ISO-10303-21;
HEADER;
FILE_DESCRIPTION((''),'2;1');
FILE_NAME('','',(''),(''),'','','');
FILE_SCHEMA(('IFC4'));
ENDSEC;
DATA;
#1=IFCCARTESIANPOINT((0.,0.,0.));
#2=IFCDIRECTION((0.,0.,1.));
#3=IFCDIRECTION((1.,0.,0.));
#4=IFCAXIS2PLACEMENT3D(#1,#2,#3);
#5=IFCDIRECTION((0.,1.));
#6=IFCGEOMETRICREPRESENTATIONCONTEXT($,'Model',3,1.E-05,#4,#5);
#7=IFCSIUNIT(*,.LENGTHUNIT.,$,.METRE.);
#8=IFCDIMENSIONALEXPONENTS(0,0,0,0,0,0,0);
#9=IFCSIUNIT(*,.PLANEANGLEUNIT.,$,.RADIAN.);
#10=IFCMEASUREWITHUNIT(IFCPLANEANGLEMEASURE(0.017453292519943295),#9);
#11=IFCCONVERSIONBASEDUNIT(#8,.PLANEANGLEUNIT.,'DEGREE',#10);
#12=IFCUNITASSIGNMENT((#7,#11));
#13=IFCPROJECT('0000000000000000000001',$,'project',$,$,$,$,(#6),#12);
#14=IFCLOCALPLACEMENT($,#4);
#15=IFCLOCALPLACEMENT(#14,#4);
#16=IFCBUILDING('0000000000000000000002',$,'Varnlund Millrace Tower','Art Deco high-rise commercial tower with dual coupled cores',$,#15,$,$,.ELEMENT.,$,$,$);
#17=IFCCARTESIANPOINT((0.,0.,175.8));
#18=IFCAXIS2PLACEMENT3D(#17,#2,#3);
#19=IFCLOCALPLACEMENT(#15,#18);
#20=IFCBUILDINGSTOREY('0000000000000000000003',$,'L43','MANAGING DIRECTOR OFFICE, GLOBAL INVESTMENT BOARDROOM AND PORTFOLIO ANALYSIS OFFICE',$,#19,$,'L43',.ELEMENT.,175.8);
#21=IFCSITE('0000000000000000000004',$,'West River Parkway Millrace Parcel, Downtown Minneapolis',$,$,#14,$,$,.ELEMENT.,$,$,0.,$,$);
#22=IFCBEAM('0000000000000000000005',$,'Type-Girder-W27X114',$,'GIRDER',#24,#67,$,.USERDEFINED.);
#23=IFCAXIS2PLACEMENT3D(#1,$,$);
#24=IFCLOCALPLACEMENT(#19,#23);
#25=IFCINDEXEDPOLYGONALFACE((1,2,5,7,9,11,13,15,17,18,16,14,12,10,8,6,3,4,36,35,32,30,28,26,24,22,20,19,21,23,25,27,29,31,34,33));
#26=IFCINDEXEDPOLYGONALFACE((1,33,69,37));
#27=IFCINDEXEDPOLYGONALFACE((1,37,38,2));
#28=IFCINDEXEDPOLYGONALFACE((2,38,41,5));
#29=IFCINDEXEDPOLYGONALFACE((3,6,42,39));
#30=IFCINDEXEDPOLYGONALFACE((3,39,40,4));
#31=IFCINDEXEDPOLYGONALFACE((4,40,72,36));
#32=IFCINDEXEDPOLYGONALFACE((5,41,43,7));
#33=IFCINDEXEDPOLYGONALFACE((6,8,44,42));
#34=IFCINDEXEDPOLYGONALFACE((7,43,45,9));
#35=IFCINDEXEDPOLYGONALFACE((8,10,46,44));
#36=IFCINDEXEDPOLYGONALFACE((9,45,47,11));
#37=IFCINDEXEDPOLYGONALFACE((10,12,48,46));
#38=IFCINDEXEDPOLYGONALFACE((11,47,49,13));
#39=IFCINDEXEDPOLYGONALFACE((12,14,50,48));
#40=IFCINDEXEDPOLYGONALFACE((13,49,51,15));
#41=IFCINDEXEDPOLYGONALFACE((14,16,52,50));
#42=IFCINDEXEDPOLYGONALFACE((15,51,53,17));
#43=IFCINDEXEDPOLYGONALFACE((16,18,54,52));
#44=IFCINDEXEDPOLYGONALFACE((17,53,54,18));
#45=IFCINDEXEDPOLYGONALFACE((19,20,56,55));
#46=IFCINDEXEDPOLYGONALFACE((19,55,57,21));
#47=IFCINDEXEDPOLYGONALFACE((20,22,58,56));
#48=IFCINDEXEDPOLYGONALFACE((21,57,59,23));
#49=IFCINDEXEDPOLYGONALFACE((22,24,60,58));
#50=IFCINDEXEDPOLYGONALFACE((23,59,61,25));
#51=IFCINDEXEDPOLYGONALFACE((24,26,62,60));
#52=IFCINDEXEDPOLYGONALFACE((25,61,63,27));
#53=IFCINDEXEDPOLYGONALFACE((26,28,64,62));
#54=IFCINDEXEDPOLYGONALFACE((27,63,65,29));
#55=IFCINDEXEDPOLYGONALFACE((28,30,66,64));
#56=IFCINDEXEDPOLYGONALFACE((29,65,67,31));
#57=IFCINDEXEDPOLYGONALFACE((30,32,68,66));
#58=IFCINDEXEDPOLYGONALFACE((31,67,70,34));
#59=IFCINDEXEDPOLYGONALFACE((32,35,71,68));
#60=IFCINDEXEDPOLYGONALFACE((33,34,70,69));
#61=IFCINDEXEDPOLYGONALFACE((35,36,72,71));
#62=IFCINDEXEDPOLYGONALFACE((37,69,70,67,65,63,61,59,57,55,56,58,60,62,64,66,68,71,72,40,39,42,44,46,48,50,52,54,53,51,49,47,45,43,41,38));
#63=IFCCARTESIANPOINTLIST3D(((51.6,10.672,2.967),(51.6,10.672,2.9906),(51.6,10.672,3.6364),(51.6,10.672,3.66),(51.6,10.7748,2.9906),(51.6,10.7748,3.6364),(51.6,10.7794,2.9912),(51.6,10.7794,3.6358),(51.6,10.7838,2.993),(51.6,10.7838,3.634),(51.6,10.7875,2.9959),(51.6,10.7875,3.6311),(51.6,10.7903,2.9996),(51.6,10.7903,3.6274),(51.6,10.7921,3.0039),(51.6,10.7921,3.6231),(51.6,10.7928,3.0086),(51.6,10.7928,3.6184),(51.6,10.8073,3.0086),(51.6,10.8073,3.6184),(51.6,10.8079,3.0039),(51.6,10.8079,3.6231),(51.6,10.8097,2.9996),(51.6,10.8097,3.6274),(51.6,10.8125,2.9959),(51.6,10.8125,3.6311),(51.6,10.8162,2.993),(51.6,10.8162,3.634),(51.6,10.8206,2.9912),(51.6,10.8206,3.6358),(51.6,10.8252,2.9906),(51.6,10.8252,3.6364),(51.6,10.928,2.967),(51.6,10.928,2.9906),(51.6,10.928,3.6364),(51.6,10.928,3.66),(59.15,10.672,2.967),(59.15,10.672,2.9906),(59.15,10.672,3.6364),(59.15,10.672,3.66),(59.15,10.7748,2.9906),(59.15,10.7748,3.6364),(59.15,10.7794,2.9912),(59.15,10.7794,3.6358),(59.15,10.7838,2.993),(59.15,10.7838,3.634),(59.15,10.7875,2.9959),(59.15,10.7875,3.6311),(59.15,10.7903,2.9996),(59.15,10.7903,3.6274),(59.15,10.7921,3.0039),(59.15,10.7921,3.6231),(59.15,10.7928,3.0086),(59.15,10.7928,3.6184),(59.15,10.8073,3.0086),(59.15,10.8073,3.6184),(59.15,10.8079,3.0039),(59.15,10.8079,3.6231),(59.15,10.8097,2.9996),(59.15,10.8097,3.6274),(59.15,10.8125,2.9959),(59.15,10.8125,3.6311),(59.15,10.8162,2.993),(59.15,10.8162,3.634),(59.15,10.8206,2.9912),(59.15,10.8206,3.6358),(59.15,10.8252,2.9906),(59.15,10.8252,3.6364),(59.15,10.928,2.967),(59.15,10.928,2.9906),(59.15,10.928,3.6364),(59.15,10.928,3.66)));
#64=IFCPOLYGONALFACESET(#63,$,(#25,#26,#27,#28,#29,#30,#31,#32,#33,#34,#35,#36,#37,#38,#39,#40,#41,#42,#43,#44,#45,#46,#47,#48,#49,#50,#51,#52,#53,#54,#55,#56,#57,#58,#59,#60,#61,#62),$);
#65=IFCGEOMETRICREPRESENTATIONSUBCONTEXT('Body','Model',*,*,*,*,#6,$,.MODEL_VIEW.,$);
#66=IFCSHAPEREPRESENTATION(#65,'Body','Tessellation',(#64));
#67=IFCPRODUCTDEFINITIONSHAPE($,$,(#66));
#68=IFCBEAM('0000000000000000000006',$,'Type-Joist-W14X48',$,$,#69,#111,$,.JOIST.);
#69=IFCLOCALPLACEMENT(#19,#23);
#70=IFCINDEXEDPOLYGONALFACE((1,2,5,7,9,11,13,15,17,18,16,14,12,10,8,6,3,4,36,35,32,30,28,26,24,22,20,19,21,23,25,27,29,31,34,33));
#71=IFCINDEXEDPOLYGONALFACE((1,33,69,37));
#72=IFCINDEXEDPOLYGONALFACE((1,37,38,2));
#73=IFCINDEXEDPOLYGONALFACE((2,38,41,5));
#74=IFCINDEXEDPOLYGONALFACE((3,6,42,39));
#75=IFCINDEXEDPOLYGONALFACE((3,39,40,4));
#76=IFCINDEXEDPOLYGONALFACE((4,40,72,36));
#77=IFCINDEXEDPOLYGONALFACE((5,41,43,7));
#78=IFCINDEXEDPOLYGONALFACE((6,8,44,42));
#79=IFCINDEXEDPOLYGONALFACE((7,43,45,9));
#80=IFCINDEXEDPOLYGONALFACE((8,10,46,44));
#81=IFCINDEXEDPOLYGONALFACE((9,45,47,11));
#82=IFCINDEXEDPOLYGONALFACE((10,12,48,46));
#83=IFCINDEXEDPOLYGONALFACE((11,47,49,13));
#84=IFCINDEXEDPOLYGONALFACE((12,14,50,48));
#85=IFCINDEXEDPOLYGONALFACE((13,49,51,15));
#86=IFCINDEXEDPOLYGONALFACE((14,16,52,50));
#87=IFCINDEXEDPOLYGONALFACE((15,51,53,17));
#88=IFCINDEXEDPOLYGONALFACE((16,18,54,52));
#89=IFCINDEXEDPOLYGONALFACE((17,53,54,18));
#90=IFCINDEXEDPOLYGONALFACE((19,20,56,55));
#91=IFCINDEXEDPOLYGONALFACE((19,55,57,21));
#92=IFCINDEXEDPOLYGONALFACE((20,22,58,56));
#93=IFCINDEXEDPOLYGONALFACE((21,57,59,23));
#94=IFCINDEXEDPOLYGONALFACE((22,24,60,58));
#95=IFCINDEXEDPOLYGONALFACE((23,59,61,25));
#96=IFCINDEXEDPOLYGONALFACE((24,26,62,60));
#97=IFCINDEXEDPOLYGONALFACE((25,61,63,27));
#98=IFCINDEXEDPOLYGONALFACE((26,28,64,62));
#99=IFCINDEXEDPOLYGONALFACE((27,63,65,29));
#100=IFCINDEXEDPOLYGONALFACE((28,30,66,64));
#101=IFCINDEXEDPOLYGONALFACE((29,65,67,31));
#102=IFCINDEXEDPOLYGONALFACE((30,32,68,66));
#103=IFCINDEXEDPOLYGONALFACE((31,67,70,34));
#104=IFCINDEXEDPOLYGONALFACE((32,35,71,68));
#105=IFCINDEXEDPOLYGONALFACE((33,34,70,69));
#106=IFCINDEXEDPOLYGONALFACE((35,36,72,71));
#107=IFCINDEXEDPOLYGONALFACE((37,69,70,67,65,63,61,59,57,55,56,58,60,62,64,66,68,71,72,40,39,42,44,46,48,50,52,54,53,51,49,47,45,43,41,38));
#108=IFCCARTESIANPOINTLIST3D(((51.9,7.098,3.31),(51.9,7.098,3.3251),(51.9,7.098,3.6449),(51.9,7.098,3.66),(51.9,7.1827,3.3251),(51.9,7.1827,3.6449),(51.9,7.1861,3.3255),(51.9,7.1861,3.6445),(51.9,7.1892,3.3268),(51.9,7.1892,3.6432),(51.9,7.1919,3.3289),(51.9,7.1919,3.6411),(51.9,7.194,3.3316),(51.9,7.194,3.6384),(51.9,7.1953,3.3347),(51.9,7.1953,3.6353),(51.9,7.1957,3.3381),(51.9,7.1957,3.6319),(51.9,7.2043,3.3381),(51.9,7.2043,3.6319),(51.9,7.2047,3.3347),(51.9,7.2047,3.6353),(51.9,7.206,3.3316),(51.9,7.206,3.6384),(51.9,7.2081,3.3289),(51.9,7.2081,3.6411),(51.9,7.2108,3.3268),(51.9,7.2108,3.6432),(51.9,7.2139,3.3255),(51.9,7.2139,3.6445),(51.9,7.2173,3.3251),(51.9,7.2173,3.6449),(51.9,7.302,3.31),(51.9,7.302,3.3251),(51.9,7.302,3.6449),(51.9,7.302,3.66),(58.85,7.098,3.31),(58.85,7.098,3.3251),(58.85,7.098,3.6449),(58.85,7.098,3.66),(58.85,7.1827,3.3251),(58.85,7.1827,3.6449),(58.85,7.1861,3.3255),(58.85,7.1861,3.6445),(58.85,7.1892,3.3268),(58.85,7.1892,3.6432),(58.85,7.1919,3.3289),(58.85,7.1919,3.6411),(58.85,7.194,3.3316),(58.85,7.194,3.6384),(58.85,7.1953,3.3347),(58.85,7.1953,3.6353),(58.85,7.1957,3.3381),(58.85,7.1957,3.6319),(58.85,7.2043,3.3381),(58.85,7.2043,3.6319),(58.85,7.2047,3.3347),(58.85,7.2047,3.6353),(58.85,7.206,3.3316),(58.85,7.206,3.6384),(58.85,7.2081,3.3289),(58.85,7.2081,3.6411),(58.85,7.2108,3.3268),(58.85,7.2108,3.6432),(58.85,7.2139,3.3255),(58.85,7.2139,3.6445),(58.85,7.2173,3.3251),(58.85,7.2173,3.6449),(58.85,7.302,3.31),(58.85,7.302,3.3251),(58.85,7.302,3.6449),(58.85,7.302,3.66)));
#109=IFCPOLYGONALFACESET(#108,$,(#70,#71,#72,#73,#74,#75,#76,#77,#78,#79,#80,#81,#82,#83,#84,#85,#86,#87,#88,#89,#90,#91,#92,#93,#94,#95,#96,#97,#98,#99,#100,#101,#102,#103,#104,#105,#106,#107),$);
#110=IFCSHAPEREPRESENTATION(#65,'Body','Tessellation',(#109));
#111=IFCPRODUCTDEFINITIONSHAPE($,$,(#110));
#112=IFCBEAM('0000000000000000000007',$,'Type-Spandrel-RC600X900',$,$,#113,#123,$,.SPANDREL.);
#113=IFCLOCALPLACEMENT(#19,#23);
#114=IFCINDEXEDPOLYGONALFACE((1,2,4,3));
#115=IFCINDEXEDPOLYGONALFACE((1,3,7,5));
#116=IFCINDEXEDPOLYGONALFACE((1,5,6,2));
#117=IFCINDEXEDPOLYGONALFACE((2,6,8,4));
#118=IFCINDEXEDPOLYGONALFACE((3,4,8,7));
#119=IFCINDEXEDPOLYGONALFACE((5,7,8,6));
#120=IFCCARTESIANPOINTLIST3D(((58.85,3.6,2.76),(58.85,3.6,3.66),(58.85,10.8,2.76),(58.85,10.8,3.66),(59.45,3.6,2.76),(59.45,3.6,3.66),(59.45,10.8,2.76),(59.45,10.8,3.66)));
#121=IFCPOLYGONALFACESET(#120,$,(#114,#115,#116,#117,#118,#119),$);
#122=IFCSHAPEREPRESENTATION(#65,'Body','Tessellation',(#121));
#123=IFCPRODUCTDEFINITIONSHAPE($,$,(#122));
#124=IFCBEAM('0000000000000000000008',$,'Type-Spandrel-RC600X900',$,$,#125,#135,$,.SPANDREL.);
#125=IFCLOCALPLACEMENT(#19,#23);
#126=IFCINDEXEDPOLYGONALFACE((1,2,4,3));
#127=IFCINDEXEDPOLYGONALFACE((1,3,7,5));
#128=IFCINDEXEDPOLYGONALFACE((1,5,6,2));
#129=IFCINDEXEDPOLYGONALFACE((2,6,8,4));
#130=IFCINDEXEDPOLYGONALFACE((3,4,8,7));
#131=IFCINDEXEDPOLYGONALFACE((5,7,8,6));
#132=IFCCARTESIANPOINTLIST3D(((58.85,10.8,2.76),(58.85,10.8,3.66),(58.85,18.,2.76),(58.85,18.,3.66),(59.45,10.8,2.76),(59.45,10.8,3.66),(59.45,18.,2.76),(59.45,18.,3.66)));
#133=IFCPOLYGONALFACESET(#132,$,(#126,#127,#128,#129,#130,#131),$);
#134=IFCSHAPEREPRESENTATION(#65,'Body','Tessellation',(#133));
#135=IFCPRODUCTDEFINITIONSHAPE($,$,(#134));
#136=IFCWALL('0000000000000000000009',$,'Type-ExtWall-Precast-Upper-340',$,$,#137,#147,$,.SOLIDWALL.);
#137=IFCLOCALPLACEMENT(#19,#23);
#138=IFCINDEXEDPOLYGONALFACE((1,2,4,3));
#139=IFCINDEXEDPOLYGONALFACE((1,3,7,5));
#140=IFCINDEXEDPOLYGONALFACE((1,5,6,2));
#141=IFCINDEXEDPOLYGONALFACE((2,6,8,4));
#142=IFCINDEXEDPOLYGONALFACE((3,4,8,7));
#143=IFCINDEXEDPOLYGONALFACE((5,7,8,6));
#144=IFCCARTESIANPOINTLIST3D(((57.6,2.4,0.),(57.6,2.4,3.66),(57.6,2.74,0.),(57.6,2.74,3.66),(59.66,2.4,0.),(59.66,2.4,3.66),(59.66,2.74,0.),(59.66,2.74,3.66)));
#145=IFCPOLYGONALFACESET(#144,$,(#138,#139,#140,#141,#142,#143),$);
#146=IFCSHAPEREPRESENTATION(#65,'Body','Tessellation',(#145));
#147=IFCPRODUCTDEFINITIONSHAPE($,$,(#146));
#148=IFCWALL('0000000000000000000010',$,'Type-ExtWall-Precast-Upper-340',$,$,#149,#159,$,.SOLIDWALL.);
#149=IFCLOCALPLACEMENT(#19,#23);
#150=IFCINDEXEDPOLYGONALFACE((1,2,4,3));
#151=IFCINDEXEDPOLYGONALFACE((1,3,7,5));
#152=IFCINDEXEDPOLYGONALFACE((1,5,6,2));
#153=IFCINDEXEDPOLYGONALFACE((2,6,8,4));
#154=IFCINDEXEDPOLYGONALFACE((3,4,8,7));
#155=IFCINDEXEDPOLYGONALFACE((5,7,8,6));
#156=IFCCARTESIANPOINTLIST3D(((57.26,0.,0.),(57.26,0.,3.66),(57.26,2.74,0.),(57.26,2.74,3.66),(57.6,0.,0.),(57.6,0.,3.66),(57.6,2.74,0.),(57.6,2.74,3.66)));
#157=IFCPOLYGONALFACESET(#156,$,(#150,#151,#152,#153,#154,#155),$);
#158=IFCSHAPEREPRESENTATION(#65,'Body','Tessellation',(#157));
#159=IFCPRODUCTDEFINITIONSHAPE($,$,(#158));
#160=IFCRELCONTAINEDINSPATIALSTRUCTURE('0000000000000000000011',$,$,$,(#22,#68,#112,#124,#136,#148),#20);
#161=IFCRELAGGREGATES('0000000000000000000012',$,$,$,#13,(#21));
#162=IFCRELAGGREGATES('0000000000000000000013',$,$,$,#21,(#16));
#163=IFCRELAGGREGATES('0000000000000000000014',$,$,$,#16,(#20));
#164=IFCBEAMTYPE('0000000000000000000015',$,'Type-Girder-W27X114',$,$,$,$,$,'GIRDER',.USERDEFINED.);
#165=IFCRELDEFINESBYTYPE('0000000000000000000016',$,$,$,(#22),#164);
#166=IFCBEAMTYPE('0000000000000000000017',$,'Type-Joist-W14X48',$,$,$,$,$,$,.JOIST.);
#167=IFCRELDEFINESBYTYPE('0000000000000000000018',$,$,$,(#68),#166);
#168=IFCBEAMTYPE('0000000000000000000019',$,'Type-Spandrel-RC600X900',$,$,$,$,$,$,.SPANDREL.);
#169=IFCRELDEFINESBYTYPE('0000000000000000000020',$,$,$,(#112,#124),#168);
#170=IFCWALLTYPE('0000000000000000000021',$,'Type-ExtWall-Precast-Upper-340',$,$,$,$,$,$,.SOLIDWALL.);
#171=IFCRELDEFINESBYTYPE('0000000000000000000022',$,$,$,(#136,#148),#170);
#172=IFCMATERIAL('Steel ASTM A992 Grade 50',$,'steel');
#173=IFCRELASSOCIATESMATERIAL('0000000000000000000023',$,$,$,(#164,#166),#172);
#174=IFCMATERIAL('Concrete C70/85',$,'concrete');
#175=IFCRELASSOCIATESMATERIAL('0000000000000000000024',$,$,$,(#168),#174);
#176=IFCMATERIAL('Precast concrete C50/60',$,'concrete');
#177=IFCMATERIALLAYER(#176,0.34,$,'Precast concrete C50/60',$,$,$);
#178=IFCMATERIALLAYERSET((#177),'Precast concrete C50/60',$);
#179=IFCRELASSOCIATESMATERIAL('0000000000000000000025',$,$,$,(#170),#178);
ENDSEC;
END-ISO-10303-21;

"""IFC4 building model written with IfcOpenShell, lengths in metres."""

from ifc_helpers import new_model, entity, si_unit, converted_unit, direction, frame, origin_with_axes, origin_2d_with_axis, place, context, subcontext, project, spatial, polyline, rectangle, i_section, outline, extrude, material, layer, layer_set, material_profile, profile_set, type_object, element, save


model = new_model("IFC4")

# Units and contexts
model_context = context("Model", 3, precision=1e-05, world=origin_with_axes(), true_north=direction((0.0, 1.0)))
body_context = subcontext(model_context, "Body", "Model", "MODEL_VIEW")
ifc_project = project(units=[si_unit("LENGTHUNIT", "METRE"), converted_unit("PLANEANGLEUNIT", "DEGREE", entity("IfcPlaneAngleMeasure", 0.017453292519943295), si_unit("PLANEANGLEUNIT", "RADIAN"), dimensions=[0, 0, 0, 0, 0, 0, 0])], contexts=[model_context])

# Site, building, storey
site_placement = place(None, origin_with_axes())
site = spatial("IfcSite", under=ifc_project, at=site_placement, Name="West River Parkway Millrace Parcel, Downtown Minneapolis", CompositionType="ELEMENT", RefElevation=0.0)
building_placement = place(site_placement, origin_with_axes())
building = spatial("IfcBuilding", under=site, at=building_placement, Name="Varnlund Millrace Tower", Description="Art Deco high-rise commercial tower with dual coupled cores", CompositionType="ELEMENT")
storey_placement = place(building_placement, frame((0.0, 0.0, 175.8), z_axis=(0.0, 0.0, 1.0), x_axis=(1.0, 0.0, 0.0)))
storey = spatial("IfcBuildingStorey", under=building, at=storey_placement, Name="L43", Description="MANAGING DIRECTOR OFFICE, GLOBAL INVESTMENT BOARDROOM AND PORTFOLIO ANALYSIS OFFICE", LongName="L43", CompositionType="ELEMENT", Elevation=175.8)

# Beams
ifc_material_1 = material(Name="Steel ASTM A992 Grade 50", Category="steel")
ifc_material_profile_1 = material_profile(ifc_material_1, i_section(OverallWidth=0.256, OverallDepth=0.693, WebThickness=0.0145, FlangeThickness=0.0236, FilletRadius=0.018, at=origin_2d_with_axis()), Name="Steel ASTM A992 Grade 50")
ifc_profile_set_1 = profile_set([ifc_material_profile_1], Name="Steel ASTM A992 Grade 50")
beam_type_1 = type_object("IfcBeamType", Name="Type-Girder-W27X114", ElementType="GIRDER", PredefinedType="USERDEFINED", material=ifc_profile_set_1)
beam_1_placement = place(storey_placement, frame((51.6, 10.8, 3.3135), z_axis=(1.0, 0.0, 0.0), x_axis=(0.0, 1.0, 0.0)))
element("IfcBeam", 1, at=beam_1_placement, inside=storey, type_object=beam_type_1, Name="Type-Girder-W27X114", ObjectType="GIRDER", PredefinedType="USERDEFINED", context=body_context, shape_type="SweptSolid", body=[
    extrude(i_section(OverallWidth=0.256, OverallDepth=0.693, WebThickness=0.0145, FlangeThickness=0.0236, FilletRadius=0.018, at=origin_2d_with_axis()), origin_with_axes(), (0.0, 0.0, 1.0), 7.55),
])
ifc_material_profile_2 = material_profile(ifc_material_1, i_section(OverallWidth=0.204, OverallDepth=0.35, WebThickness=0.0086, FlangeThickness=0.0151, FilletRadius=0.013, at=origin_2d_with_axis()), Name="Steel ASTM A992 Grade 50")
ifc_profile_set_2 = profile_set([ifc_material_profile_2], Name="Steel ASTM A992 Grade 50")
beam_type_2 = type_object("IfcBeamType", Name="Type-Joist-W14X48", PredefinedType="JOIST", material=ifc_profile_set_2)
beam_2_placement = place(storey_placement, frame((51.9, 7.2, 3.485), z_axis=(1.0, 0.0, 0.0), x_axis=(0.0, 1.0, 0.0)))
element("IfcBeam", 2, at=beam_2_placement, inside=storey, type_object=beam_type_2, Name="Type-Joist-W14X48", PredefinedType="JOIST", context=body_context, shape_type="SweptSolid", body=[
    extrude(i_section(OverallWidth=0.204, OverallDepth=0.35, WebThickness=0.0086, FlangeThickness=0.0151, FilletRadius=0.013, at=origin_2d_with_axis()), origin_with_axes(), (0.0, 0.0, 1.0), 6.95),
])
ifc_material_2 = material(Name="Concrete C70/85", Category="concrete")
ifc_material_profile_3 = material_profile(ifc_material_2, rectangle(XDim=0.6, YDim=0.9, at=origin_2d_with_axis()), Name="Concrete C70/85")
ifc_profile_set_3 = profile_set([ifc_material_profile_3], Name="Concrete C70/85")
beam_type_3 = type_object("IfcBeamType", Name="Type-Spandrel-RC600X900", PredefinedType="SPANDREL", material=ifc_profile_set_3)
for number, where, z_axis, x_axis, name in (
    (3, (59.15, 3.6, 3.21), (0.0, 1.0, 0.0), (-1.0, 0.0, 0.0), "Type-Spandrel-RC600X900"),
    (4, (59.15, 10.8, 3.21), (0.0, 1.0, 0.0), (-1.0, 0.0, 0.0), "Type-Spandrel-RC600X900"),
):
    element("IfcBeam", number, at=place(storey_placement, frame(where, z_axis=z_axis, x_axis=x_axis)), inside=storey, type_object=beam_type_3, Name=name, PredefinedType="SPANDREL", context=body_context, shape_type="SweptSolid", body=[
        extrude(rectangle(XDim=0.6, YDim=0.9, at=origin_2d_with_axis()), origin_with_axes(), (0.0, 0.0, 1.0), 7.2),
    ])

# Walls
ifc_material_3 = material(Name="Precast concrete C50/60", Category="concrete")
ifc_layer_1 = layer(ifc_material_3, 0.34, Name="Precast concrete C50/60")
ifc_layer_set_1 = layer_set([ifc_layer_1], Name="Precast concrete C50/60")
wall_type_1 = type_object("IfcWallType", Name="Type-ExtWall-Precast-Upper-340", PredefinedType="SOLIDWALL", material=ifc_layer_set_1)
wall_1_placement = place(storey_placement, frame((59.66, 2.57, 0.0), z_axis=(0.0, 0.0, 1.0), x_axis=(-1.0, 0.0, 0.0)))
element("IfcWall", 5, at=wall_1_placement, inside=storey, type_object=wall_type_1, Name="Type-ExtWall-Precast-Upper-340", PredefinedType="SOLIDWALL", context=body_context, shape_type="SweptSolid", body=[
    extrude(outline(polyline([(0.0, -0.17), (2.06, -0.17), (2.06, 0.17), (0.0, 0.17), (0.0, -0.17)])), origin_with_axes(), (0.0, 0.0, 1.0), 3.66),
])
wall_2_placement = place(storey_placement, frame((57.43, 2.74, 0.0), z_axis=(0.0, 0.0, 1.0), x_axis=(0.0, -1.0, 0.0)))
element("IfcWall", 6, at=wall_2_placement, inside=storey, type_object=wall_type_1, Name="Type-ExtWall-Precast-Upper-340", PredefinedType="SOLIDWALL", context=body_context, shape_type="SweptSolid", body=[
    extrude(outline(polyline([(0.0, -0.17), (2.74, -0.17), (2.74, 0.17), (0.0, 0.17), (0.0, -0.17)])), origin_with_axes(), (0.0, 0.0, 1.0), 3.66),
])

save(model, "model.ifc")
